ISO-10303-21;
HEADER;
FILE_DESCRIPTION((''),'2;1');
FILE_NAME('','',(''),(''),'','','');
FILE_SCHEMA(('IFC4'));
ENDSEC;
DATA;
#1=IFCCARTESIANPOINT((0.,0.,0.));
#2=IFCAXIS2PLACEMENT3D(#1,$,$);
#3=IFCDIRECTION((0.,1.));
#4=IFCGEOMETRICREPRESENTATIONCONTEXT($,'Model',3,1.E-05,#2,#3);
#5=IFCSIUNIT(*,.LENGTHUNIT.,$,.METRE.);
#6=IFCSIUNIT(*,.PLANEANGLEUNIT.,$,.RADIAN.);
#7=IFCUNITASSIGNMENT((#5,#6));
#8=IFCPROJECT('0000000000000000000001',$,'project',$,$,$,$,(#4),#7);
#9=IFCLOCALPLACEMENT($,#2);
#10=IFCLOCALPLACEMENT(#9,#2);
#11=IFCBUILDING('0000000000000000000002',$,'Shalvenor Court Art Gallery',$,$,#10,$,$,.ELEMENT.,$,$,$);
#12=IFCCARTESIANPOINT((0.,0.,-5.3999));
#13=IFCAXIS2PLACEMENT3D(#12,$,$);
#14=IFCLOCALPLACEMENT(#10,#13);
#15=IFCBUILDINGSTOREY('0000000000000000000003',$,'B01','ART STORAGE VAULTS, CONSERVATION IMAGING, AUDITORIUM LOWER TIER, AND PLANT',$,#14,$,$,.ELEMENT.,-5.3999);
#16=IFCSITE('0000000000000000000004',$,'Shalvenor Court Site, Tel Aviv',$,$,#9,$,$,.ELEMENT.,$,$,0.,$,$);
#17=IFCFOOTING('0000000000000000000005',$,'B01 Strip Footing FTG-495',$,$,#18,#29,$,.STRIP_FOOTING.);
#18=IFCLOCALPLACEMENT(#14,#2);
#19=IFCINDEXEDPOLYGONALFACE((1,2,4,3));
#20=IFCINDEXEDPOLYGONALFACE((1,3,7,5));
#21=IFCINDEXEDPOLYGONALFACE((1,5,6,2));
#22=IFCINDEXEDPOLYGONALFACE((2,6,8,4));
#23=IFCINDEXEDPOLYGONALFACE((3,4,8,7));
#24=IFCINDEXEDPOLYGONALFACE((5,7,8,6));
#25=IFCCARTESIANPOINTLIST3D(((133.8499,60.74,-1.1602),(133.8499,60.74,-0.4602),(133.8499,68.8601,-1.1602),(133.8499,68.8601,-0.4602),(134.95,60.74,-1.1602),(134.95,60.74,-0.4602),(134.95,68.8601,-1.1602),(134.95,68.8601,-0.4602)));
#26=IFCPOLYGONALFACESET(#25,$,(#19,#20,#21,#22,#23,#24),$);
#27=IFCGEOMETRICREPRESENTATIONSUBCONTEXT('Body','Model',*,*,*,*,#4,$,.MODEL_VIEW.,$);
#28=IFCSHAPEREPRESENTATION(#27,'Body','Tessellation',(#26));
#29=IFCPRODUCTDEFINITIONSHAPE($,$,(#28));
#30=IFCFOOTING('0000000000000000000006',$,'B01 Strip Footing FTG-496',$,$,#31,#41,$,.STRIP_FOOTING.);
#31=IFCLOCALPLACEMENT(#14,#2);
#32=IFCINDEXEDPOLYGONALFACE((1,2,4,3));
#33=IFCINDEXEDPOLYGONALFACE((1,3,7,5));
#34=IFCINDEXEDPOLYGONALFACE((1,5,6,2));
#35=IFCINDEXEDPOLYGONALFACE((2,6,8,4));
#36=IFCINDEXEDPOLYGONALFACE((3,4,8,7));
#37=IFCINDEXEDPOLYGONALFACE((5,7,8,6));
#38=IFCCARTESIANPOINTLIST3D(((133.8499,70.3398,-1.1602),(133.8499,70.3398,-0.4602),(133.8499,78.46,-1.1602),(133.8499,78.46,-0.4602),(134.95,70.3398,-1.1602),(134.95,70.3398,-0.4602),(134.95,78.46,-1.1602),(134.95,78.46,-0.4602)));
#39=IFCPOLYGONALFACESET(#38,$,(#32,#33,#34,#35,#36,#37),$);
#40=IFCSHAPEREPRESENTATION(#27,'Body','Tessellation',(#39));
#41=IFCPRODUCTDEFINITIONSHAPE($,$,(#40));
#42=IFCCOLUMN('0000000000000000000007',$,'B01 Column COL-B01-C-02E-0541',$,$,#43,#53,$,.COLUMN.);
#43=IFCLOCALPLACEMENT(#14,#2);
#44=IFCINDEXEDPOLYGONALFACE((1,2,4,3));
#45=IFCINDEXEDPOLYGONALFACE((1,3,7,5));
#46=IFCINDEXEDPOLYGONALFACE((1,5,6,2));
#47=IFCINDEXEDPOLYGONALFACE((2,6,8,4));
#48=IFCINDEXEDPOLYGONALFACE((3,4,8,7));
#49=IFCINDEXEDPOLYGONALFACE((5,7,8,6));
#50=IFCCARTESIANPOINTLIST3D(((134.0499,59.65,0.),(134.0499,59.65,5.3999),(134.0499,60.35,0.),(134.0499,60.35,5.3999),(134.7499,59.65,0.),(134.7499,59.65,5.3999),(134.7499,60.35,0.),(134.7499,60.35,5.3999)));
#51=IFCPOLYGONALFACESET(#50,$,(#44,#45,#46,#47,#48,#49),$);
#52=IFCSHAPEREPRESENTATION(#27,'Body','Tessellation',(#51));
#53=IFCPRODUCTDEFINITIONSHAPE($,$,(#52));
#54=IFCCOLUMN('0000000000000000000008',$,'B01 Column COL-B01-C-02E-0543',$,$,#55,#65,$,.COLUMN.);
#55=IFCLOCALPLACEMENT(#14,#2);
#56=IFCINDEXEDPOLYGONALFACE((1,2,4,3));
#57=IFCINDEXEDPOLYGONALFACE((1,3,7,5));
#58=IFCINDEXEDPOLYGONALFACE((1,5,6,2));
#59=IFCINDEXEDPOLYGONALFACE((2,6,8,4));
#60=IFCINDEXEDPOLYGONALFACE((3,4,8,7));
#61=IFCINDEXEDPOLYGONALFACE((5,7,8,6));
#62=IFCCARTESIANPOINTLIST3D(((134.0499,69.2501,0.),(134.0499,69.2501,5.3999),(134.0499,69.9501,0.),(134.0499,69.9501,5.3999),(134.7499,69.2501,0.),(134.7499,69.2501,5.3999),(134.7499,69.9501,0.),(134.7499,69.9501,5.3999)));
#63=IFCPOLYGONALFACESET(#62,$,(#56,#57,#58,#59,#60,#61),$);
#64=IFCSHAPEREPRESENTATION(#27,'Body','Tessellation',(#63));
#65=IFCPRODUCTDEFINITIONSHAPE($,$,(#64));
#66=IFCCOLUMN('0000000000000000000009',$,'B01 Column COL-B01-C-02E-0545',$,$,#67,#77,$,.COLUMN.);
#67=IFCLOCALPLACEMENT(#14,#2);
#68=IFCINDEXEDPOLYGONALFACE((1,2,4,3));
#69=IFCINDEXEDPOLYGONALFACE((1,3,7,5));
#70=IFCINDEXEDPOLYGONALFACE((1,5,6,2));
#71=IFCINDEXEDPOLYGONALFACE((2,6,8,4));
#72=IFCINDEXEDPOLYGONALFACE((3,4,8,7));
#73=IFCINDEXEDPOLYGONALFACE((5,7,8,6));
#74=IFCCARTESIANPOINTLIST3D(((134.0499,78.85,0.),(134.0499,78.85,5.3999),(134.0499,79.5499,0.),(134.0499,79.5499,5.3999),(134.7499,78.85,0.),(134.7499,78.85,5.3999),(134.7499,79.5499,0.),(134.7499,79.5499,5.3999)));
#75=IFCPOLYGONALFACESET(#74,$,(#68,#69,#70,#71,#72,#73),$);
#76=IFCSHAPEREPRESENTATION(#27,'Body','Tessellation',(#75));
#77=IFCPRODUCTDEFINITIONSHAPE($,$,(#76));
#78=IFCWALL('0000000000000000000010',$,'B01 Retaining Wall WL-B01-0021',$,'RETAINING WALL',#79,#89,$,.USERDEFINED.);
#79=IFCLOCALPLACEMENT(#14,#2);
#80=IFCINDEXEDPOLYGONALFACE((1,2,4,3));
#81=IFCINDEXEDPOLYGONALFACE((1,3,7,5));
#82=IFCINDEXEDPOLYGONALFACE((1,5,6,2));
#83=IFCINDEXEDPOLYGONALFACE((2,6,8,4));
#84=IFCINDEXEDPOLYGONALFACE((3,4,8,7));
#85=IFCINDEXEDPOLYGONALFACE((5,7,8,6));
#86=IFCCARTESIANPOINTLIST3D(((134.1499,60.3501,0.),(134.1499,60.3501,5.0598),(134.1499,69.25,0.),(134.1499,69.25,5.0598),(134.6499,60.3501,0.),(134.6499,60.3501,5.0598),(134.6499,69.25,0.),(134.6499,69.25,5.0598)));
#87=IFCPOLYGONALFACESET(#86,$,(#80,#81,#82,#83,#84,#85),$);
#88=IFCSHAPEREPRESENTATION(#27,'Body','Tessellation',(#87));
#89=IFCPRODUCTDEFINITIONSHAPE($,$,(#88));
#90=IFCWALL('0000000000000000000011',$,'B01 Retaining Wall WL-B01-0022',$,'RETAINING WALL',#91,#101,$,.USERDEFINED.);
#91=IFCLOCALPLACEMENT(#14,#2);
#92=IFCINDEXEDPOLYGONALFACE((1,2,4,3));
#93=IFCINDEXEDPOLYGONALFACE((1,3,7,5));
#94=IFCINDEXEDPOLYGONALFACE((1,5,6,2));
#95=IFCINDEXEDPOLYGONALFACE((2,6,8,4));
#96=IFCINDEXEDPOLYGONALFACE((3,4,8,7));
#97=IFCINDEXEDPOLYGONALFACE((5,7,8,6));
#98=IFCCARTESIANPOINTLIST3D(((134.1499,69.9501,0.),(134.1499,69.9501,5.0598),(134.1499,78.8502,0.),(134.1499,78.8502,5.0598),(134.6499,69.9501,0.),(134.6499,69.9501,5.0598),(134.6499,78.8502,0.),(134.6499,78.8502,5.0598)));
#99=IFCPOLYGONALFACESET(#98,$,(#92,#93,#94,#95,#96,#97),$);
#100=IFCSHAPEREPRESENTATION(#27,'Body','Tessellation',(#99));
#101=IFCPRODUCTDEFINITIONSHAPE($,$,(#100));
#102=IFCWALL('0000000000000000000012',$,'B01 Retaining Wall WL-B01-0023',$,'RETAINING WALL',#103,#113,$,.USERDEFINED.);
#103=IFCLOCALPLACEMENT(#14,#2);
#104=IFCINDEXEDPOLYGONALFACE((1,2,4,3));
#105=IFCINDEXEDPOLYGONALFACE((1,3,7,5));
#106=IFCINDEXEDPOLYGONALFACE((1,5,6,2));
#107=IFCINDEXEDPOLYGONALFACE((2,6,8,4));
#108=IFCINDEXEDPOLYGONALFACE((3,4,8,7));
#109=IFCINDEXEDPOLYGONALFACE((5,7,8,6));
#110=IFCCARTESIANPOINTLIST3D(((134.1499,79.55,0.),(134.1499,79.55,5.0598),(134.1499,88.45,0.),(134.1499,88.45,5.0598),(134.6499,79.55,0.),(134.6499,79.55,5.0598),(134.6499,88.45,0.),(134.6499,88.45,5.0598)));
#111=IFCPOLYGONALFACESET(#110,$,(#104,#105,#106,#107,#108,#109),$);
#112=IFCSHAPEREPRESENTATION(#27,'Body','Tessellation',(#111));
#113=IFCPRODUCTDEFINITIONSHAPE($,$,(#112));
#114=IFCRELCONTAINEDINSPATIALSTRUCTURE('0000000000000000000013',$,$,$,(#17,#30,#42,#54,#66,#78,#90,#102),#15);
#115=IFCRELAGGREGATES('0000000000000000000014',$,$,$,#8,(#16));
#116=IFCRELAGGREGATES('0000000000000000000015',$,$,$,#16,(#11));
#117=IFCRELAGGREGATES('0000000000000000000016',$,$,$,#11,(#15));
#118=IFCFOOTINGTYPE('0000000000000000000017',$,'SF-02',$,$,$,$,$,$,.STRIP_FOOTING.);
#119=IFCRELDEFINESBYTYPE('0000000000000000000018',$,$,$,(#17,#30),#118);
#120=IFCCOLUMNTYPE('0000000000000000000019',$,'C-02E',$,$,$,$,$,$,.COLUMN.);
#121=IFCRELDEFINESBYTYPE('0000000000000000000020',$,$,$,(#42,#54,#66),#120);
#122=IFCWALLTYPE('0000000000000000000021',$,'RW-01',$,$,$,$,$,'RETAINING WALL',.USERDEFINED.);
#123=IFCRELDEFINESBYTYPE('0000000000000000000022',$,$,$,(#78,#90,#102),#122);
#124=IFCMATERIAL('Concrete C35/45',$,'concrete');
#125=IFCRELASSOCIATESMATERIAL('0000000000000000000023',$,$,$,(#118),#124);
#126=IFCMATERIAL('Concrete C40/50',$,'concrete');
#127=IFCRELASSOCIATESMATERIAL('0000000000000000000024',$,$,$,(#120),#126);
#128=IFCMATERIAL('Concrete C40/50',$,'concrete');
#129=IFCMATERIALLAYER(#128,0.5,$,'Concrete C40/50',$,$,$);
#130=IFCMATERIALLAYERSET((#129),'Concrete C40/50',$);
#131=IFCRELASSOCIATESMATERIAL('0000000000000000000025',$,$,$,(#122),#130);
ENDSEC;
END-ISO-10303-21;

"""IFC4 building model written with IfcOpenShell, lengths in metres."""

from ifc_helpers import new_model, si_unit, direction, frame, frame_2d, origin, origin_2d, place, context, subcontext, project, spatial, rectangle, extrude, material, layer, layer_set, material_profile, profile_set, type_object, element, save


model = new_model("IFC4")

# Units and contexts
model_context = context("Model", 3, precision=1e-05, world=origin(), true_north=direction((0.0, 1.0)))
body_context = subcontext(model_context, "Body", "Model", "MODEL_VIEW")
ifc_project = project(units=[si_unit("LENGTHUNIT", "METRE"), si_unit("PLANEANGLEUNIT", "RADIAN")], contexts=[model_context])

# Site, building, storey
site_placement = place(None, origin())
site = spatial("IfcSite", under=ifc_project, at=site_placement, Name="Shalvenor Court Site, Tel Aviv", CompositionType="ELEMENT", RefElevation=0.0)
building_placement = place(site_placement, origin())
building = spatial("IfcBuilding", under=site, at=building_placement, Name="Shalvenor Court Art Gallery", CompositionType="ELEMENT")
storey_placement = place(building_placement, frame((0.0, 0.0, -5.3999)))
storey = spatial("IfcBuildingStorey", under=building, at=storey_placement, Name="B01", Description="ART STORAGE VAULTS, CONSERVATION IMAGING, AUDITORIUM LOWER TIER, AND PLANT", CompositionType="ELEMENT", Elevation=-5.3999)

# Footings
ifc_material_1 = material(Name="Concrete C35/45", Category="concrete")
footing_type_1 = type_object("IfcFootingType", Name="SF-02", PredefinedType="STRIP_FOOTING", material=ifc_material_1)
for number, where, z_axis, x_axis, name in (
    (1, (134.3999, 64.8, -1.1602), (0.0, 0.0, 1.0), (0.0, 1.0, 0.0), "B01 Strip Footing FTG-495"),
    (2, (134.3999, 74.3999, -1.1602), (0.0, 0.0, 1.0), (0.0, 1.0, 0.0), "B01 Strip Footing FTG-496"),
):
    element("IfcFooting", number, at=place(storey_placement, frame(where, z_axis=z_axis, x_axis=x_axis)), inside=storey, type_object=footing_type_1, Name=name, PredefinedType="STRIP_FOOTING", context=body_context, shape_type="SweptSolid", body=[
        extrude(rectangle(XDim=8.1201, YDim=1.1001, at=origin_2d()), origin(), (0.0, 0.0, 1.0), 0.7),
    ])

# Columns
ifc_material_2 = material(Name="Concrete C40/50", Category="concrete")
ifc_material_profile_1 = material_profile(ifc_material_2, rectangle(XDim=0.7, YDim=0.7, at=origin_2d()), Name="RC 700x700")
ifc_profile_set_1 = profile_set([ifc_material_profile_1], Name="Concrete C40/50")
column_type = type_object("IfcColumnType", Name="C-02E", PredefinedType="COLUMN", material=ifc_profile_set_1)
for number, where, z_axis, x_axis, name in (
    (3, (134.3999, 60.0, 0.0), (0.0, 0.0, 1.0), (1.0, 0.0, 0.0), "B01 Column COL-B01-C-02E-0541"),
    (4, (134.3999, 69.6001, 0.0), (0.0, 0.0, 1.0), (1.0, 0.0, 0.0), "B01 Column COL-B01-C-02E-0543"),
    (5, (134.3999, 79.2, 0.0), (0.0, 0.0, 1.0), (1.0, 0.0, 0.0), "B01 Column COL-B01-C-02E-0545"),
):
    element("IfcColumn", number, at=place(storey_placement, frame(where, z_axis=z_axis, x_axis=x_axis)), inside=storey, type_object=column_type, Name=name, PredefinedType="COLUMN", context=body_context, shape_type="SweptSolid", body=[
        extrude(rectangle(XDim=0.7, YDim=0.7, at=origin_2d()), origin(), (0.0, 0.0, 1.0), 5.3999),
    ])

# Walls
ifc_material_3 = material(Name="Concrete C40/50", Category="concrete")
ifc_layer = layer(ifc_material_3, 0.5, Name="Concrete C40/50")
ifc_layer_set = layer_set([ifc_layer], Name="Concrete C40/50")
wall_type = type_object("IfcWallType", Name="RW-01", ElementType="RETAINING WALL", PredefinedType="USERDEFINED", material=ifc_layer_set)
wall_1_placement = place(storey_placement, frame((134.3999, 60.3501, 0.0), z_axis=(0.0, 0.0, 1.0), x_axis=(0.0, 1.0, 0.0)))
element("IfcWall", 6, at=wall_1_placement, inside=storey, type_object=wall_type, Name="B01 Retaining Wall WL-B01-0021", ObjectType="RETAINING WALL", PredefinedType="USERDEFINED", context=body_context, shape_type="SweptSolid", body=[
    extrude(rectangle(XDim=8.8999, YDim=0.5, at=frame_2d((4.45, 0.0))), origin(), (0.0, 0.0, 1.0), 5.0598),
])
wall_2_placement = place(storey_placement, frame((134.3999, 69.95, 0.0), z_axis=(0.0, 0.0, 1.0), x_axis=(0.0, 1.0, 0.0)))
element("IfcWall", 7, at=wall_2_placement, inside=storey, type_object=wall_type, Name="B01 Retaining Wall WL-B01-0022", ObjectType="RETAINING WALL", PredefinedType="USERDEFINED", context=body_context, shape_type="SweptSolid", body=[
    extrude(rectangle(XDim=8.9001, YDim=0.5, at=frame_2d((4.4502, 0.0))), origin(), (0.0, 0.0, 1.0), 5.0598),
])
wall_3_placement = place(storey_placement, frame((134.3999, 79.55, 0.0), z_axis=(0.0, 0.0, 1.0), x_axis=(0.0, 1.0, 0.0)))
element("IfcWall", 8, at=wall_3_placement, inside=storey, type_object=wall_type, Name="B01 Retaining Wall WL-B01-0023", ObjectType="RETAINING WALL", PredefinedType="USERDEFINED", context=body_context, shape_type="SweptSolid", body=[
    extrude(rectangle(XDim=8.8999, YDim=0.5, at=frame_2d((4.45, 0.0))), origin(), (0.0, 0.0, 1.0), 5.0598),
])

save(model, "model.ifc")
